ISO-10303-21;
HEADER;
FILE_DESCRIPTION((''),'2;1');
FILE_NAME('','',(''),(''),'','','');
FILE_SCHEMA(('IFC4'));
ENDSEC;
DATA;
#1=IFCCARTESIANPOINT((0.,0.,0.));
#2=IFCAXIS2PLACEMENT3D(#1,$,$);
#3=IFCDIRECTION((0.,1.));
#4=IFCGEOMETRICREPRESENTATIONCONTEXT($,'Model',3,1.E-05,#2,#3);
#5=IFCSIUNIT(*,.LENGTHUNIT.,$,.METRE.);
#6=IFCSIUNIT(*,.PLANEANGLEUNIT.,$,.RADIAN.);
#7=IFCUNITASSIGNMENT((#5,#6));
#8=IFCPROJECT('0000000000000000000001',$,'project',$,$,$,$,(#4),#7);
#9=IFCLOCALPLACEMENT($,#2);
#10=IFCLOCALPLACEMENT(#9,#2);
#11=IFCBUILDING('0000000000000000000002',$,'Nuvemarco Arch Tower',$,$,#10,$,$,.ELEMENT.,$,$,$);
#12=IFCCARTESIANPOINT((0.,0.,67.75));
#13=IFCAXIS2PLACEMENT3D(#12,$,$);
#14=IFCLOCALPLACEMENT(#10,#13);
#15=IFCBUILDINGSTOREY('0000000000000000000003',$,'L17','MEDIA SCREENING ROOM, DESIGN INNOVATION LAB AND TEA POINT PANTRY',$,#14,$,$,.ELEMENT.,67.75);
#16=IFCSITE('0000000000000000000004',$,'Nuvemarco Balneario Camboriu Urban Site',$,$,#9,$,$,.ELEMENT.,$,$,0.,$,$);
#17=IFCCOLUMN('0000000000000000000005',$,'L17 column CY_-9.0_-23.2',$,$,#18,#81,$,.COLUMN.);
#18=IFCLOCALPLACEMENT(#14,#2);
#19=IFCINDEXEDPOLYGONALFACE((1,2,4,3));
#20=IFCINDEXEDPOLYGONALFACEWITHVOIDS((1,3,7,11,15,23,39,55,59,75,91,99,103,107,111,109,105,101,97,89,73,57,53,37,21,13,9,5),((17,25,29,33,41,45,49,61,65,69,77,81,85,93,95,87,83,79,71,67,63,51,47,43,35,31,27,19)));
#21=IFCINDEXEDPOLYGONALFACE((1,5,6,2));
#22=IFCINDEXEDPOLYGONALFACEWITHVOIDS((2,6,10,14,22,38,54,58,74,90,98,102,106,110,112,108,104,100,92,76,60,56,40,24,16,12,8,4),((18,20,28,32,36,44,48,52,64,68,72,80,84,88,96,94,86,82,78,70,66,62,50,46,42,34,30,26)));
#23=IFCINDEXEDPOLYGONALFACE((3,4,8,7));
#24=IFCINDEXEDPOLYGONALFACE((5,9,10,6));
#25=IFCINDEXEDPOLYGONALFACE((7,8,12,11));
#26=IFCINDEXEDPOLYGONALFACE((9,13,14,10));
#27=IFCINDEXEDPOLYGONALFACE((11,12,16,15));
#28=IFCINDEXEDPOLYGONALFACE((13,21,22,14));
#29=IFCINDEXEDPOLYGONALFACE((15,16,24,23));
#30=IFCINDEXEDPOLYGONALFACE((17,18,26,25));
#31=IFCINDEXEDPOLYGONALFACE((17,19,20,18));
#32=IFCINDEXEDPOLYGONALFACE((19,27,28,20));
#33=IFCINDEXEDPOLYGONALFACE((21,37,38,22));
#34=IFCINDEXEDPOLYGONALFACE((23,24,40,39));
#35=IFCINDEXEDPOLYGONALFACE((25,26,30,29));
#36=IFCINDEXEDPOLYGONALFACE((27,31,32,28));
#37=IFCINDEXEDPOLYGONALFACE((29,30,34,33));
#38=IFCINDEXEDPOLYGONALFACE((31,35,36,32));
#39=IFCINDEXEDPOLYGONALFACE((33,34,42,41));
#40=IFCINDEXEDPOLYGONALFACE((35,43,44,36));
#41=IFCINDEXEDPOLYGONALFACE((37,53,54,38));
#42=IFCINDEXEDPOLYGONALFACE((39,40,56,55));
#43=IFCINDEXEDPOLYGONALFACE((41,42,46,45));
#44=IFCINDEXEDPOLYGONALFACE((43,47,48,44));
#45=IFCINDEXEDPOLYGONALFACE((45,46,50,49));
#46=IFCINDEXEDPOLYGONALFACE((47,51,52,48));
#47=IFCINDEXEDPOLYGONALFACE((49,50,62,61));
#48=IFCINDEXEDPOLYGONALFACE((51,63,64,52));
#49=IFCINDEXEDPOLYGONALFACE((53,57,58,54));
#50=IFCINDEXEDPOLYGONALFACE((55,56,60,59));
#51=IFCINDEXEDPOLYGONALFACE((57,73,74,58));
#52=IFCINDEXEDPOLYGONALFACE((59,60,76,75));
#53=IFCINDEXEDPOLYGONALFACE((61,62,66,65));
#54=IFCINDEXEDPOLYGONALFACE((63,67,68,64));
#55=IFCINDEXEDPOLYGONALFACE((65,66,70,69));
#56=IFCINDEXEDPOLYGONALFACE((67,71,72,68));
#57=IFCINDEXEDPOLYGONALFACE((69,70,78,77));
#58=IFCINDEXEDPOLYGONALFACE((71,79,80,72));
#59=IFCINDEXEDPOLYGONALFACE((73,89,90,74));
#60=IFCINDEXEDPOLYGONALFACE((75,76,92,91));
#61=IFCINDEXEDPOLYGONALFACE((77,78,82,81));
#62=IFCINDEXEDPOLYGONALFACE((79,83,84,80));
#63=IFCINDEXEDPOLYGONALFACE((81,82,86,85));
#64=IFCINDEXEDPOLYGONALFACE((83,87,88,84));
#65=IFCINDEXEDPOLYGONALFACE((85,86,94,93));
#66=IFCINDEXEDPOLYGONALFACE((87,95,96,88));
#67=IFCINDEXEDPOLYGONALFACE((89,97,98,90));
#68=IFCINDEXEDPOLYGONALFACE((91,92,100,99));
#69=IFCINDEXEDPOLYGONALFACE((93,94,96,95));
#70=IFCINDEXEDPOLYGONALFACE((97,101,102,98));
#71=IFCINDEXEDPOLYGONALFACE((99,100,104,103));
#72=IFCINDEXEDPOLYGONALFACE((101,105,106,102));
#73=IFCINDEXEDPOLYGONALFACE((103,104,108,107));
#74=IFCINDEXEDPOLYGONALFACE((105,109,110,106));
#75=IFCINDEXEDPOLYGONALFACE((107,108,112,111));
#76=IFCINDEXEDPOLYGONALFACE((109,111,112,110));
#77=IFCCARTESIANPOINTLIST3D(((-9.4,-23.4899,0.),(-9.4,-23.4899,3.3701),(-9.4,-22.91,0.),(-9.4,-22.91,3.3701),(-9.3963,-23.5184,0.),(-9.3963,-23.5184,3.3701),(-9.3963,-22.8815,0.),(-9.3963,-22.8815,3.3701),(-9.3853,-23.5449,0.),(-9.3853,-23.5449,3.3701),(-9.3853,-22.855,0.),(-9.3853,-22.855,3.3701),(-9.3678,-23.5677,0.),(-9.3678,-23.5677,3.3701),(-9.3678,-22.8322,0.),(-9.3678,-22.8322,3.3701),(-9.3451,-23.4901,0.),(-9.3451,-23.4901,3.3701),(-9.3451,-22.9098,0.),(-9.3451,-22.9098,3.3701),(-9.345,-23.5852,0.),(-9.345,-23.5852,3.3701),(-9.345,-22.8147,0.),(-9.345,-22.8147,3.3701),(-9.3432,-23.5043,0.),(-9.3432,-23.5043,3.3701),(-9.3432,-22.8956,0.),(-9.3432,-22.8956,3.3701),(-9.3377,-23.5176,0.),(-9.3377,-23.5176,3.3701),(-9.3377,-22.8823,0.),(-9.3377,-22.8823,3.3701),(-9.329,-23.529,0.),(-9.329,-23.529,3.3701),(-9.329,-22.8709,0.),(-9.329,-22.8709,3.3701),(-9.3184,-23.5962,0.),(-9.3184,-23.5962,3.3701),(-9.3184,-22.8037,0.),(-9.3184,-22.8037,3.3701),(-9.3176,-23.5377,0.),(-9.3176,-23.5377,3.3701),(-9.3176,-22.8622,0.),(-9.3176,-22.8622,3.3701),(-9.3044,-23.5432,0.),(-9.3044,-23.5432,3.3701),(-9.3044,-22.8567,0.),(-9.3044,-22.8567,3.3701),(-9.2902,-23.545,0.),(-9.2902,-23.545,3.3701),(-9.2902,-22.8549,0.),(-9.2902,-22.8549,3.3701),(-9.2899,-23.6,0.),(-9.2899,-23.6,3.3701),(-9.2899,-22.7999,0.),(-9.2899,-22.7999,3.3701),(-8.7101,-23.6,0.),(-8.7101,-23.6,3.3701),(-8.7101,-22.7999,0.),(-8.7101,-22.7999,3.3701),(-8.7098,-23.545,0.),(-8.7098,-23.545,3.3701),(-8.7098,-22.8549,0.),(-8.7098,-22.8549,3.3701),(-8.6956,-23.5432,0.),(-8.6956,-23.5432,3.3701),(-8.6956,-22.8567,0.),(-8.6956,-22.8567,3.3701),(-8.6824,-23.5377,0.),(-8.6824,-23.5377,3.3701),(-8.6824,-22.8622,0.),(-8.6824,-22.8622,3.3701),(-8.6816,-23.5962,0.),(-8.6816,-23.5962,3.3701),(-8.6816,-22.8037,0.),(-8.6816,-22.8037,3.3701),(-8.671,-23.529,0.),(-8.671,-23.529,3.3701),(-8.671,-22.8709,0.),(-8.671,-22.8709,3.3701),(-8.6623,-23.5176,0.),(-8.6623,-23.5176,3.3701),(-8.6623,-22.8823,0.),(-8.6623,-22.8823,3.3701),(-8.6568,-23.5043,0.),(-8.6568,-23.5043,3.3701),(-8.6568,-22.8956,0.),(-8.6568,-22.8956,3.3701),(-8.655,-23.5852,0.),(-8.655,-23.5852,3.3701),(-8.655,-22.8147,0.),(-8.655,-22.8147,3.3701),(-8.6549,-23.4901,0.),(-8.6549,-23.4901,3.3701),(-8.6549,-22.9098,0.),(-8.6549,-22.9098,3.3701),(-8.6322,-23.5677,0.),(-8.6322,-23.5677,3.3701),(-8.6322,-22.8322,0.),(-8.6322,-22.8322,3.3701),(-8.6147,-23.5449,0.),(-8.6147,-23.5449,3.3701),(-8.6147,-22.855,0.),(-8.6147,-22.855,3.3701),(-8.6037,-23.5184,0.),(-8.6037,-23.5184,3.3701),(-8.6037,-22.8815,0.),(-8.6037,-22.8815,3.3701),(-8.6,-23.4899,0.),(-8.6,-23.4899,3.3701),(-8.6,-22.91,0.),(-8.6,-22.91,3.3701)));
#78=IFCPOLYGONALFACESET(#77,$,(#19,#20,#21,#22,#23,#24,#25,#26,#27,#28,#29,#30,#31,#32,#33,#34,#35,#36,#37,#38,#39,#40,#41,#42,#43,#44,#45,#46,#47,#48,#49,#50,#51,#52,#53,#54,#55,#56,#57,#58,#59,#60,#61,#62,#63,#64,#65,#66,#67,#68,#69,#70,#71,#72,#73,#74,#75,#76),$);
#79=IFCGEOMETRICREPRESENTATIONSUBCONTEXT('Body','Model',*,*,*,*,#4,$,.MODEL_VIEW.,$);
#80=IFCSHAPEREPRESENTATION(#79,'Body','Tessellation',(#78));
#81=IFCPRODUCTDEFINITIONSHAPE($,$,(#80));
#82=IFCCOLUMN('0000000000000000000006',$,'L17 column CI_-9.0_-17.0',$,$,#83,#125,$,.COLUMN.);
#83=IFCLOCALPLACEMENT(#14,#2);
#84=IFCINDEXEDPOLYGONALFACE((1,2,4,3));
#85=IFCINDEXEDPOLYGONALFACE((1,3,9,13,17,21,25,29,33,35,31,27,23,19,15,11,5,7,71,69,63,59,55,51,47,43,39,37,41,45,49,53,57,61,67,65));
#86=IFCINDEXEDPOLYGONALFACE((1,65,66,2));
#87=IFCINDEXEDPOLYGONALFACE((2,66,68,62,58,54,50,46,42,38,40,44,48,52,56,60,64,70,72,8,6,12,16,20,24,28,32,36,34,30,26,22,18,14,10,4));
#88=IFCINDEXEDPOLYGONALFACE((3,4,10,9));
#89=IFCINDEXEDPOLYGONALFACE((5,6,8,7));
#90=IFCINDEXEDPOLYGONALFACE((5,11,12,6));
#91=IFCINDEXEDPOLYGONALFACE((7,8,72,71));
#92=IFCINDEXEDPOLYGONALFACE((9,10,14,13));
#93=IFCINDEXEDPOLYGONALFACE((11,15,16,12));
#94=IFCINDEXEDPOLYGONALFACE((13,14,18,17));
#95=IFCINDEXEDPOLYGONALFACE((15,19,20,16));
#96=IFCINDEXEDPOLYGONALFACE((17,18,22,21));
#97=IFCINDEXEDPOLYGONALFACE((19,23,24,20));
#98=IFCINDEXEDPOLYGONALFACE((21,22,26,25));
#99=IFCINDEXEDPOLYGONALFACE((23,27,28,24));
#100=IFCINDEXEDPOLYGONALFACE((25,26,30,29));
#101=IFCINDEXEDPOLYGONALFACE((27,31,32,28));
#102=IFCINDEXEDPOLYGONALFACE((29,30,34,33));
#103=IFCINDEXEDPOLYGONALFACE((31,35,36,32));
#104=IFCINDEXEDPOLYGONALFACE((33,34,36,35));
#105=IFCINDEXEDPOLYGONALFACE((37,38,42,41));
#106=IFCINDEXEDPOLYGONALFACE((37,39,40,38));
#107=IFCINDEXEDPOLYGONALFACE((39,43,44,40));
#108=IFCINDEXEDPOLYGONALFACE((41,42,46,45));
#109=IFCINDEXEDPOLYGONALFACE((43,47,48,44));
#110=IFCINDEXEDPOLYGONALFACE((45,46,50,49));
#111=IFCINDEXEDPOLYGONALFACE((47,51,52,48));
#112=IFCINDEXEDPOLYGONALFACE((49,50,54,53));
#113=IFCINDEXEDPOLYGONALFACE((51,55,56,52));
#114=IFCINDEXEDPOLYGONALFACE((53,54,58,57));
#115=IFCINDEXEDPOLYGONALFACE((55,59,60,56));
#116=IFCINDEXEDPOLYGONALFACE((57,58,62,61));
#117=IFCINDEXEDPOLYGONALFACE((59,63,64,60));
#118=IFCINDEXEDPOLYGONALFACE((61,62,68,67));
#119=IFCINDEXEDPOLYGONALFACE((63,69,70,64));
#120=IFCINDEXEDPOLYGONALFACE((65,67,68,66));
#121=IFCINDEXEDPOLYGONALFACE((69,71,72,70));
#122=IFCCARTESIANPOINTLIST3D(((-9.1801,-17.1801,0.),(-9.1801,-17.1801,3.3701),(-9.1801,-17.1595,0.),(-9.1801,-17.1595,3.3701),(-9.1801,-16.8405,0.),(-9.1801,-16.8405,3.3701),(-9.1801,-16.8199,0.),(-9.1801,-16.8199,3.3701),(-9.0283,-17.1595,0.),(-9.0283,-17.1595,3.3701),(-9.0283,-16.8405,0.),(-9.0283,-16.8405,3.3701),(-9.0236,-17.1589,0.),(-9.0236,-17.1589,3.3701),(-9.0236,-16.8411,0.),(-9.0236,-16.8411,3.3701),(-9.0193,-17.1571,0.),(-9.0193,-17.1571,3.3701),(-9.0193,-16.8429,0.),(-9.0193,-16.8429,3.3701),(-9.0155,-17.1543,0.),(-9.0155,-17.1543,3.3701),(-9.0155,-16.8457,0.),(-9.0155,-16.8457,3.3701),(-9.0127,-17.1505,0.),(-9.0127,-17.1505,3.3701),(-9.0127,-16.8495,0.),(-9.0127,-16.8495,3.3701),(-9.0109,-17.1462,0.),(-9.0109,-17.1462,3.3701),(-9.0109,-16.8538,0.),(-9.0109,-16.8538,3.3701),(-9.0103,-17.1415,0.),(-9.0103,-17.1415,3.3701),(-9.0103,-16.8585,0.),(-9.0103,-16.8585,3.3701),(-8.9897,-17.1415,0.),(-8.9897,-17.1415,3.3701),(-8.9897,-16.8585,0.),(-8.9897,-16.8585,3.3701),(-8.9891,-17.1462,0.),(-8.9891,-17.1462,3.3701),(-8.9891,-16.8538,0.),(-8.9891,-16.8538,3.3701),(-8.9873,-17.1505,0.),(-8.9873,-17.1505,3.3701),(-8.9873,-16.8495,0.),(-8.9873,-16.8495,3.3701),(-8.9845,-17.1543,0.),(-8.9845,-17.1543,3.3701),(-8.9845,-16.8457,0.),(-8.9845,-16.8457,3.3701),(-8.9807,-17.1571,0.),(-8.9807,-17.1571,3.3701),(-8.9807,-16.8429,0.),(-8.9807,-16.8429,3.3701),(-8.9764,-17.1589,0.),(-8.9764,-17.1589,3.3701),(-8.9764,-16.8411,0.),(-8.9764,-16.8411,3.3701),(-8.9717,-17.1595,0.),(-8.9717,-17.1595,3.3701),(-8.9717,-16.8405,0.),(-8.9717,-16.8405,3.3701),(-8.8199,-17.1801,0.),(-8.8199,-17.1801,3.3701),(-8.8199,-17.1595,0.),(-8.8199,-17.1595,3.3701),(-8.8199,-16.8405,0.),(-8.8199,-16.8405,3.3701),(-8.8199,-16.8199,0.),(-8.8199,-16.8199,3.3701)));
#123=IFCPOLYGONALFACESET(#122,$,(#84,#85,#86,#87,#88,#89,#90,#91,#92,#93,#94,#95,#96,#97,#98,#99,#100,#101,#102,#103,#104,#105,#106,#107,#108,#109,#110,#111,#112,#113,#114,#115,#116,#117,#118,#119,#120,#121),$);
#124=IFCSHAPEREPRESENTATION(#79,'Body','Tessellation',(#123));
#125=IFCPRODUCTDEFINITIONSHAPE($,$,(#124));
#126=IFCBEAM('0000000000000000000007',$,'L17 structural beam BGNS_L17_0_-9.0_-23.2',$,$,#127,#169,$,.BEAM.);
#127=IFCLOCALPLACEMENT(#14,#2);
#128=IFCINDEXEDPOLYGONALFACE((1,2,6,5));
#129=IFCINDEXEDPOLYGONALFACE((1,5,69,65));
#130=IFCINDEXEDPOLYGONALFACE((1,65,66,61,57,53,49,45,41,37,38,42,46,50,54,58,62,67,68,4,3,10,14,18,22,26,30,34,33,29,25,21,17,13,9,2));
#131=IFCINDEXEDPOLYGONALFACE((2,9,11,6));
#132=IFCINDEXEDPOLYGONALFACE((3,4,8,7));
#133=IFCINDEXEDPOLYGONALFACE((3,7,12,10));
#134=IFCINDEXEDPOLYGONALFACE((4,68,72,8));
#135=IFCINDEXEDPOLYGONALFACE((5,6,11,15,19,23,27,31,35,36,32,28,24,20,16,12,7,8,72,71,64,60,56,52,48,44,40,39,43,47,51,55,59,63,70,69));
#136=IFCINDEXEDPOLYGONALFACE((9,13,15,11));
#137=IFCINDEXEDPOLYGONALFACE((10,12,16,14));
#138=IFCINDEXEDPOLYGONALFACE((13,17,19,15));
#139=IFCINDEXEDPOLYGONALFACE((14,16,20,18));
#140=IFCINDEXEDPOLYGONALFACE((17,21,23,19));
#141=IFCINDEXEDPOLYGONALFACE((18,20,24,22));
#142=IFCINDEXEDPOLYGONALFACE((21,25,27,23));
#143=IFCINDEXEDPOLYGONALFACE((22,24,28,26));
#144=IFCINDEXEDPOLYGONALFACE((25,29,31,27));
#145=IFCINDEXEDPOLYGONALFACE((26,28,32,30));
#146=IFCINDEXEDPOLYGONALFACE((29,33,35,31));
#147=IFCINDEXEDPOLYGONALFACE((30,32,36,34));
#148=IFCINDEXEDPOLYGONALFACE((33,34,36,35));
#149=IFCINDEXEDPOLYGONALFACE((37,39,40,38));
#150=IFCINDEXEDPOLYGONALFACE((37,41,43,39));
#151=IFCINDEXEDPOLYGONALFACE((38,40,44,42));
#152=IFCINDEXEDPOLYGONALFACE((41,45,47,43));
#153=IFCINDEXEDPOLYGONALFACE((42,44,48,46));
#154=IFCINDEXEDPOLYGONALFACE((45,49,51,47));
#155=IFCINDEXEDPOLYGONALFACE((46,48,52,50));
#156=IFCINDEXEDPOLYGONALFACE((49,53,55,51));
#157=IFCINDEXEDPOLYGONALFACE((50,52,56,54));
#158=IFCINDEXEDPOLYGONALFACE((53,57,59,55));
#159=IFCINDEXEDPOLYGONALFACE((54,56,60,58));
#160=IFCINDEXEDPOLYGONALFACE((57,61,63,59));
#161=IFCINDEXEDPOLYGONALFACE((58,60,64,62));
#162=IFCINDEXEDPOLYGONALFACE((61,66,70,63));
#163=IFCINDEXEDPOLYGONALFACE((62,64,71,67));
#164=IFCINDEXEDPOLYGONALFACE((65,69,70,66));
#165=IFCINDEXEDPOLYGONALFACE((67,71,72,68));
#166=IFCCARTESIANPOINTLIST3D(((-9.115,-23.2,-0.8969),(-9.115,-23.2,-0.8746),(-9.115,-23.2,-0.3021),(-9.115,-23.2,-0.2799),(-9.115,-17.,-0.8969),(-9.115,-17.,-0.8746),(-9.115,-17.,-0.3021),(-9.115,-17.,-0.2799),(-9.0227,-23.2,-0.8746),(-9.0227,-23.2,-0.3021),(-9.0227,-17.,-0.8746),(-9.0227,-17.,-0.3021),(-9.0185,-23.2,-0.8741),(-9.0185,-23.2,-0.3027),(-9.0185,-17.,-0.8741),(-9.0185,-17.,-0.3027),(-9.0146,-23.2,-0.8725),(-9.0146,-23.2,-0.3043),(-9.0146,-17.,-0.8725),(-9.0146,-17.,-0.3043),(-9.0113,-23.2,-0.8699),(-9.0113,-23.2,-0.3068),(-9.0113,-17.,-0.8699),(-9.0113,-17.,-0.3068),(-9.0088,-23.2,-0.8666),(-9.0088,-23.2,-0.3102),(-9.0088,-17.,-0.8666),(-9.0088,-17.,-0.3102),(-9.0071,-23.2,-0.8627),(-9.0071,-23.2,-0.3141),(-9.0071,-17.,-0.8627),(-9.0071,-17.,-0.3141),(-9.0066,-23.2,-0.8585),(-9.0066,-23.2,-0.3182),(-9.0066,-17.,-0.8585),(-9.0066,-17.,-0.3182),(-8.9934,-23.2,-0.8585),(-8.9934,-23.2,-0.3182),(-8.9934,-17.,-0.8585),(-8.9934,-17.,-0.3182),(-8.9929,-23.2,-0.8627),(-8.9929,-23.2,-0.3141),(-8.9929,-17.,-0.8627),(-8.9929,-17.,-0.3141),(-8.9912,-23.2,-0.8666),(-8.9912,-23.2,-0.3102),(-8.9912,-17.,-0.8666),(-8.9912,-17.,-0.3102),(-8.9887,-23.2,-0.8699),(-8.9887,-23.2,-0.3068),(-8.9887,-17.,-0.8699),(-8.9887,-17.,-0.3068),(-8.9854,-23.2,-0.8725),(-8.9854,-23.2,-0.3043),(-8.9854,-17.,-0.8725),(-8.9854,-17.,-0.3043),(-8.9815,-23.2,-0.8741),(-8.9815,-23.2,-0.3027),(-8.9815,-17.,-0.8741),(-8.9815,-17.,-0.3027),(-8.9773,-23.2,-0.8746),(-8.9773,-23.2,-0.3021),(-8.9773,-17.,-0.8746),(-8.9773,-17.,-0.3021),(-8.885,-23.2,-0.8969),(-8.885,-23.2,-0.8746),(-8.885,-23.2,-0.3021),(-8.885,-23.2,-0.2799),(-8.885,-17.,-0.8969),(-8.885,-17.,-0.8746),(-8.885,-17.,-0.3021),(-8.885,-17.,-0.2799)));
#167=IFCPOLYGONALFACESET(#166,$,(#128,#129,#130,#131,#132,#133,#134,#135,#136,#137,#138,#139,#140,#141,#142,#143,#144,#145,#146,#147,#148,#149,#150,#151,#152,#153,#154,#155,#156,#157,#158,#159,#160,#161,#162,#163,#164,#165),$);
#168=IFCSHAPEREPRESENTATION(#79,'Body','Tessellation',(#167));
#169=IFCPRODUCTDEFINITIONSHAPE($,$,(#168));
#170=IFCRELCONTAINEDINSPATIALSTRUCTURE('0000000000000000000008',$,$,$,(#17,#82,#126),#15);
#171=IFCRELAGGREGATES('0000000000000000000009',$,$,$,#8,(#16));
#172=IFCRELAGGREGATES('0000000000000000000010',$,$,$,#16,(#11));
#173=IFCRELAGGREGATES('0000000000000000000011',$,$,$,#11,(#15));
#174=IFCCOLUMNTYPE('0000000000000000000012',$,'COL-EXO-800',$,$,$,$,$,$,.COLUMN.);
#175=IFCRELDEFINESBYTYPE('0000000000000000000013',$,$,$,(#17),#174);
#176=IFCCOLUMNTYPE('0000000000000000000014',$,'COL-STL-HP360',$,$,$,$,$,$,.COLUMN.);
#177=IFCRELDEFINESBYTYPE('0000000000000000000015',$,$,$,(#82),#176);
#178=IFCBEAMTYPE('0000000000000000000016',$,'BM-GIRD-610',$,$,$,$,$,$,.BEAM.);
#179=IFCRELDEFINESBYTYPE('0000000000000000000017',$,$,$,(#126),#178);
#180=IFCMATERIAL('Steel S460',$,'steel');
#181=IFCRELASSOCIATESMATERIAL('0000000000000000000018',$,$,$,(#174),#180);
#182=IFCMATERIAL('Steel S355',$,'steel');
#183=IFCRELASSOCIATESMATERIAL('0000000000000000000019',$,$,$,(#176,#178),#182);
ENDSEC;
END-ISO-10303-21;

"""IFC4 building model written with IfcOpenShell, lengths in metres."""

from ifc_helpers import new_model, si_unit, direction, frame, origin, origin_2d, place, context, subcontext, project, spatial, hollow_rectangle, i_section, extrude, material, material_profile, profile_set, type_object, element, save


model = new_model("IFC4")

# Units and contexts
model_context = context("Model", 3, precision=1e-05, world=origin(), true_north=direction((0.0, 1.0)))
body_context = subcontext(model_context, "Body", "Model", "MODEL_VIEW")
ifc_project = project(units=[si_unit("LENGTHUNIT", "METRE"), si_unit("PLANEANGLEUNIT", "RADIAN")], contexts=[model_context])

# Site, building, storey
site_placement = place(None, origin())
site = spatial("IfcSite", under=ifc_project, at=site_placement, Name="Nuvemarco Balneario Camboriu Urban Site", CompositionType="ELEMENT", RefElevation=0.0)
building_placement = place(site_placement, origin())
building = spatial("IfcBuilding", under=site, at=building_placement, Name="Nuvemarco Arch Tower", CompositionType="ELEMENT")
storey_placement = place(building_placement, frame((0.0, 0.0, 67.75)))
storey = spatial("IfcBuildingStorey", under=building, at=storey_placement, Name="L17", Description="MEDIA SCREENING ROOM, DESIGN INNOVATION LAB AND TEA POINT PANTRY", CompositionType="ELEMENT", Elevation=67.75)

# Columns
ifc_material_1 = material(Name="Steel S460", Category="steel")
ifc_material_profile_1 = material_profile(ifc_material_1, hollow_rectangle(XDim=0.8, YDim=0.8, WallThickness=0.0549, InnerFilletRadius=0.0549, OuterFilletRadius=0.1101, at=origin_2d()), Name="SHS800x800x55")
ifc_profile_set_1 = profile_set([ifc_material_profile_1], Name="Steel S460")
column_type_1 = type_object("IfcColumnType", Name="COL-EXO-800", PredefinedType="COLUMN", material=ifc_profile_set_1)
column_1_placement = place(storey_placement, frame((-9.0, -23.2, 0.0), z_axis=(0.0, 0.0, 1.0), x_axis=(1.0, 0.0, 0.0)))
element("IfcColumn", 1, at=column_1_placement, inside=storey, type_object=column_type_1, Name="L17 column CY_-9.0_-23.2", PredefinedType="COLUMN", context=body_context, shape_type="SweptSolid", body=[
    extrude(hollow_rectangle(XDim=0.8, YDim=0.8, WallThickness=0.0549, InnerFilletRadius=0.0549, OuterFilletRadius=0.1101, at=origin_2d()), origin(), (0.0, 0.0, 1.0), 3.3701),
])
ifc_material_2 = material(Name="Steel S355", Category="steel")
ifc_material_profile_2 = material_profile(ifc_material_2, i_section(OverallWidth=0.3601, OverallDepth=0.3601, WebThickness=0.0205, FlangeThickness=0.0205, FilletRadius=0.0181, at=origin_2d()), Name="HP360x174")
ifc_profile_set_2 = profile_set([ifc_material_profile_2], Name="Steel S355")
column_type_2 = type_object("IfcColumnType", Name="COL-STL-HP360", PredefinedType="COLUMN", material=ifc_profile_set_2)
column_2_placement = place(storey_placement, frame((-9.0, -17.0, 0.0), z_axis=(0.0, 0.0, 1.0), x_axis=(1.0, 0.0, 0.0)))
element("IfcColumn", 2, at=column_2_placement, inside=storey, type_object=column_type_2, Name="L17 column CI_-9.0_-17.0", PredefinedType="COLUMN", context=body_context, shape_type="SweptSolid", body=[
    extrude(i_section(OverallWidth=0.3601, OverallDepth=0.3601, WebThickness=0.0205, FlangeThickness=0.0205, FilletRadius=0.0181, at=origin_2d()), origin(), (0.0, 0.0, 1.0), 3.3701),
])

# Beam
ifc_material_profile_3 = material_profile(ifc_material_2, i_section(OverallWidth=0.23, OverallDepth=0.6169, WebThickness=0.0132, FlangeThickness=0.0222, FilletRadius=0.0161, at=origin_2d()), Name="W610x140")
ifc_profile_set_3 = profile_set([ifc_material_profile_3], Name="Steel S355")
beam_type_1 = type_object("IfcBeamType", Name="BM-GIRD-610", PredefinedType="BEAM", material=ifc_profile_set_3)
beam_1_placement = place(storey_placement, frame((-9.0, -23.2, -0.5884), z_axis=(0.0, 1.0, 0.0), x_axis=(-1.0, 0.0, 0.0)))
element("IfcBeam", 3, at=beam_1_placement, inside=storey, type_object=beam_type_1, Name="L17 structural beam BGNS_L17_0_-9.0_-23.2", PredefinedType="BEAM", context=body_context, shape_type="SweptSolid", body=[
    extrude(i_section(OverallWidth=0.23, OverallDepth=0.6169, WebThickness=0.0132, FlangeThickness=0.0222, FilletRadius=0.0161, at=origin_2d()), origin(), (0.0, 0.0, 1.0), 6.2),
])

save(model, "model.ifc")
